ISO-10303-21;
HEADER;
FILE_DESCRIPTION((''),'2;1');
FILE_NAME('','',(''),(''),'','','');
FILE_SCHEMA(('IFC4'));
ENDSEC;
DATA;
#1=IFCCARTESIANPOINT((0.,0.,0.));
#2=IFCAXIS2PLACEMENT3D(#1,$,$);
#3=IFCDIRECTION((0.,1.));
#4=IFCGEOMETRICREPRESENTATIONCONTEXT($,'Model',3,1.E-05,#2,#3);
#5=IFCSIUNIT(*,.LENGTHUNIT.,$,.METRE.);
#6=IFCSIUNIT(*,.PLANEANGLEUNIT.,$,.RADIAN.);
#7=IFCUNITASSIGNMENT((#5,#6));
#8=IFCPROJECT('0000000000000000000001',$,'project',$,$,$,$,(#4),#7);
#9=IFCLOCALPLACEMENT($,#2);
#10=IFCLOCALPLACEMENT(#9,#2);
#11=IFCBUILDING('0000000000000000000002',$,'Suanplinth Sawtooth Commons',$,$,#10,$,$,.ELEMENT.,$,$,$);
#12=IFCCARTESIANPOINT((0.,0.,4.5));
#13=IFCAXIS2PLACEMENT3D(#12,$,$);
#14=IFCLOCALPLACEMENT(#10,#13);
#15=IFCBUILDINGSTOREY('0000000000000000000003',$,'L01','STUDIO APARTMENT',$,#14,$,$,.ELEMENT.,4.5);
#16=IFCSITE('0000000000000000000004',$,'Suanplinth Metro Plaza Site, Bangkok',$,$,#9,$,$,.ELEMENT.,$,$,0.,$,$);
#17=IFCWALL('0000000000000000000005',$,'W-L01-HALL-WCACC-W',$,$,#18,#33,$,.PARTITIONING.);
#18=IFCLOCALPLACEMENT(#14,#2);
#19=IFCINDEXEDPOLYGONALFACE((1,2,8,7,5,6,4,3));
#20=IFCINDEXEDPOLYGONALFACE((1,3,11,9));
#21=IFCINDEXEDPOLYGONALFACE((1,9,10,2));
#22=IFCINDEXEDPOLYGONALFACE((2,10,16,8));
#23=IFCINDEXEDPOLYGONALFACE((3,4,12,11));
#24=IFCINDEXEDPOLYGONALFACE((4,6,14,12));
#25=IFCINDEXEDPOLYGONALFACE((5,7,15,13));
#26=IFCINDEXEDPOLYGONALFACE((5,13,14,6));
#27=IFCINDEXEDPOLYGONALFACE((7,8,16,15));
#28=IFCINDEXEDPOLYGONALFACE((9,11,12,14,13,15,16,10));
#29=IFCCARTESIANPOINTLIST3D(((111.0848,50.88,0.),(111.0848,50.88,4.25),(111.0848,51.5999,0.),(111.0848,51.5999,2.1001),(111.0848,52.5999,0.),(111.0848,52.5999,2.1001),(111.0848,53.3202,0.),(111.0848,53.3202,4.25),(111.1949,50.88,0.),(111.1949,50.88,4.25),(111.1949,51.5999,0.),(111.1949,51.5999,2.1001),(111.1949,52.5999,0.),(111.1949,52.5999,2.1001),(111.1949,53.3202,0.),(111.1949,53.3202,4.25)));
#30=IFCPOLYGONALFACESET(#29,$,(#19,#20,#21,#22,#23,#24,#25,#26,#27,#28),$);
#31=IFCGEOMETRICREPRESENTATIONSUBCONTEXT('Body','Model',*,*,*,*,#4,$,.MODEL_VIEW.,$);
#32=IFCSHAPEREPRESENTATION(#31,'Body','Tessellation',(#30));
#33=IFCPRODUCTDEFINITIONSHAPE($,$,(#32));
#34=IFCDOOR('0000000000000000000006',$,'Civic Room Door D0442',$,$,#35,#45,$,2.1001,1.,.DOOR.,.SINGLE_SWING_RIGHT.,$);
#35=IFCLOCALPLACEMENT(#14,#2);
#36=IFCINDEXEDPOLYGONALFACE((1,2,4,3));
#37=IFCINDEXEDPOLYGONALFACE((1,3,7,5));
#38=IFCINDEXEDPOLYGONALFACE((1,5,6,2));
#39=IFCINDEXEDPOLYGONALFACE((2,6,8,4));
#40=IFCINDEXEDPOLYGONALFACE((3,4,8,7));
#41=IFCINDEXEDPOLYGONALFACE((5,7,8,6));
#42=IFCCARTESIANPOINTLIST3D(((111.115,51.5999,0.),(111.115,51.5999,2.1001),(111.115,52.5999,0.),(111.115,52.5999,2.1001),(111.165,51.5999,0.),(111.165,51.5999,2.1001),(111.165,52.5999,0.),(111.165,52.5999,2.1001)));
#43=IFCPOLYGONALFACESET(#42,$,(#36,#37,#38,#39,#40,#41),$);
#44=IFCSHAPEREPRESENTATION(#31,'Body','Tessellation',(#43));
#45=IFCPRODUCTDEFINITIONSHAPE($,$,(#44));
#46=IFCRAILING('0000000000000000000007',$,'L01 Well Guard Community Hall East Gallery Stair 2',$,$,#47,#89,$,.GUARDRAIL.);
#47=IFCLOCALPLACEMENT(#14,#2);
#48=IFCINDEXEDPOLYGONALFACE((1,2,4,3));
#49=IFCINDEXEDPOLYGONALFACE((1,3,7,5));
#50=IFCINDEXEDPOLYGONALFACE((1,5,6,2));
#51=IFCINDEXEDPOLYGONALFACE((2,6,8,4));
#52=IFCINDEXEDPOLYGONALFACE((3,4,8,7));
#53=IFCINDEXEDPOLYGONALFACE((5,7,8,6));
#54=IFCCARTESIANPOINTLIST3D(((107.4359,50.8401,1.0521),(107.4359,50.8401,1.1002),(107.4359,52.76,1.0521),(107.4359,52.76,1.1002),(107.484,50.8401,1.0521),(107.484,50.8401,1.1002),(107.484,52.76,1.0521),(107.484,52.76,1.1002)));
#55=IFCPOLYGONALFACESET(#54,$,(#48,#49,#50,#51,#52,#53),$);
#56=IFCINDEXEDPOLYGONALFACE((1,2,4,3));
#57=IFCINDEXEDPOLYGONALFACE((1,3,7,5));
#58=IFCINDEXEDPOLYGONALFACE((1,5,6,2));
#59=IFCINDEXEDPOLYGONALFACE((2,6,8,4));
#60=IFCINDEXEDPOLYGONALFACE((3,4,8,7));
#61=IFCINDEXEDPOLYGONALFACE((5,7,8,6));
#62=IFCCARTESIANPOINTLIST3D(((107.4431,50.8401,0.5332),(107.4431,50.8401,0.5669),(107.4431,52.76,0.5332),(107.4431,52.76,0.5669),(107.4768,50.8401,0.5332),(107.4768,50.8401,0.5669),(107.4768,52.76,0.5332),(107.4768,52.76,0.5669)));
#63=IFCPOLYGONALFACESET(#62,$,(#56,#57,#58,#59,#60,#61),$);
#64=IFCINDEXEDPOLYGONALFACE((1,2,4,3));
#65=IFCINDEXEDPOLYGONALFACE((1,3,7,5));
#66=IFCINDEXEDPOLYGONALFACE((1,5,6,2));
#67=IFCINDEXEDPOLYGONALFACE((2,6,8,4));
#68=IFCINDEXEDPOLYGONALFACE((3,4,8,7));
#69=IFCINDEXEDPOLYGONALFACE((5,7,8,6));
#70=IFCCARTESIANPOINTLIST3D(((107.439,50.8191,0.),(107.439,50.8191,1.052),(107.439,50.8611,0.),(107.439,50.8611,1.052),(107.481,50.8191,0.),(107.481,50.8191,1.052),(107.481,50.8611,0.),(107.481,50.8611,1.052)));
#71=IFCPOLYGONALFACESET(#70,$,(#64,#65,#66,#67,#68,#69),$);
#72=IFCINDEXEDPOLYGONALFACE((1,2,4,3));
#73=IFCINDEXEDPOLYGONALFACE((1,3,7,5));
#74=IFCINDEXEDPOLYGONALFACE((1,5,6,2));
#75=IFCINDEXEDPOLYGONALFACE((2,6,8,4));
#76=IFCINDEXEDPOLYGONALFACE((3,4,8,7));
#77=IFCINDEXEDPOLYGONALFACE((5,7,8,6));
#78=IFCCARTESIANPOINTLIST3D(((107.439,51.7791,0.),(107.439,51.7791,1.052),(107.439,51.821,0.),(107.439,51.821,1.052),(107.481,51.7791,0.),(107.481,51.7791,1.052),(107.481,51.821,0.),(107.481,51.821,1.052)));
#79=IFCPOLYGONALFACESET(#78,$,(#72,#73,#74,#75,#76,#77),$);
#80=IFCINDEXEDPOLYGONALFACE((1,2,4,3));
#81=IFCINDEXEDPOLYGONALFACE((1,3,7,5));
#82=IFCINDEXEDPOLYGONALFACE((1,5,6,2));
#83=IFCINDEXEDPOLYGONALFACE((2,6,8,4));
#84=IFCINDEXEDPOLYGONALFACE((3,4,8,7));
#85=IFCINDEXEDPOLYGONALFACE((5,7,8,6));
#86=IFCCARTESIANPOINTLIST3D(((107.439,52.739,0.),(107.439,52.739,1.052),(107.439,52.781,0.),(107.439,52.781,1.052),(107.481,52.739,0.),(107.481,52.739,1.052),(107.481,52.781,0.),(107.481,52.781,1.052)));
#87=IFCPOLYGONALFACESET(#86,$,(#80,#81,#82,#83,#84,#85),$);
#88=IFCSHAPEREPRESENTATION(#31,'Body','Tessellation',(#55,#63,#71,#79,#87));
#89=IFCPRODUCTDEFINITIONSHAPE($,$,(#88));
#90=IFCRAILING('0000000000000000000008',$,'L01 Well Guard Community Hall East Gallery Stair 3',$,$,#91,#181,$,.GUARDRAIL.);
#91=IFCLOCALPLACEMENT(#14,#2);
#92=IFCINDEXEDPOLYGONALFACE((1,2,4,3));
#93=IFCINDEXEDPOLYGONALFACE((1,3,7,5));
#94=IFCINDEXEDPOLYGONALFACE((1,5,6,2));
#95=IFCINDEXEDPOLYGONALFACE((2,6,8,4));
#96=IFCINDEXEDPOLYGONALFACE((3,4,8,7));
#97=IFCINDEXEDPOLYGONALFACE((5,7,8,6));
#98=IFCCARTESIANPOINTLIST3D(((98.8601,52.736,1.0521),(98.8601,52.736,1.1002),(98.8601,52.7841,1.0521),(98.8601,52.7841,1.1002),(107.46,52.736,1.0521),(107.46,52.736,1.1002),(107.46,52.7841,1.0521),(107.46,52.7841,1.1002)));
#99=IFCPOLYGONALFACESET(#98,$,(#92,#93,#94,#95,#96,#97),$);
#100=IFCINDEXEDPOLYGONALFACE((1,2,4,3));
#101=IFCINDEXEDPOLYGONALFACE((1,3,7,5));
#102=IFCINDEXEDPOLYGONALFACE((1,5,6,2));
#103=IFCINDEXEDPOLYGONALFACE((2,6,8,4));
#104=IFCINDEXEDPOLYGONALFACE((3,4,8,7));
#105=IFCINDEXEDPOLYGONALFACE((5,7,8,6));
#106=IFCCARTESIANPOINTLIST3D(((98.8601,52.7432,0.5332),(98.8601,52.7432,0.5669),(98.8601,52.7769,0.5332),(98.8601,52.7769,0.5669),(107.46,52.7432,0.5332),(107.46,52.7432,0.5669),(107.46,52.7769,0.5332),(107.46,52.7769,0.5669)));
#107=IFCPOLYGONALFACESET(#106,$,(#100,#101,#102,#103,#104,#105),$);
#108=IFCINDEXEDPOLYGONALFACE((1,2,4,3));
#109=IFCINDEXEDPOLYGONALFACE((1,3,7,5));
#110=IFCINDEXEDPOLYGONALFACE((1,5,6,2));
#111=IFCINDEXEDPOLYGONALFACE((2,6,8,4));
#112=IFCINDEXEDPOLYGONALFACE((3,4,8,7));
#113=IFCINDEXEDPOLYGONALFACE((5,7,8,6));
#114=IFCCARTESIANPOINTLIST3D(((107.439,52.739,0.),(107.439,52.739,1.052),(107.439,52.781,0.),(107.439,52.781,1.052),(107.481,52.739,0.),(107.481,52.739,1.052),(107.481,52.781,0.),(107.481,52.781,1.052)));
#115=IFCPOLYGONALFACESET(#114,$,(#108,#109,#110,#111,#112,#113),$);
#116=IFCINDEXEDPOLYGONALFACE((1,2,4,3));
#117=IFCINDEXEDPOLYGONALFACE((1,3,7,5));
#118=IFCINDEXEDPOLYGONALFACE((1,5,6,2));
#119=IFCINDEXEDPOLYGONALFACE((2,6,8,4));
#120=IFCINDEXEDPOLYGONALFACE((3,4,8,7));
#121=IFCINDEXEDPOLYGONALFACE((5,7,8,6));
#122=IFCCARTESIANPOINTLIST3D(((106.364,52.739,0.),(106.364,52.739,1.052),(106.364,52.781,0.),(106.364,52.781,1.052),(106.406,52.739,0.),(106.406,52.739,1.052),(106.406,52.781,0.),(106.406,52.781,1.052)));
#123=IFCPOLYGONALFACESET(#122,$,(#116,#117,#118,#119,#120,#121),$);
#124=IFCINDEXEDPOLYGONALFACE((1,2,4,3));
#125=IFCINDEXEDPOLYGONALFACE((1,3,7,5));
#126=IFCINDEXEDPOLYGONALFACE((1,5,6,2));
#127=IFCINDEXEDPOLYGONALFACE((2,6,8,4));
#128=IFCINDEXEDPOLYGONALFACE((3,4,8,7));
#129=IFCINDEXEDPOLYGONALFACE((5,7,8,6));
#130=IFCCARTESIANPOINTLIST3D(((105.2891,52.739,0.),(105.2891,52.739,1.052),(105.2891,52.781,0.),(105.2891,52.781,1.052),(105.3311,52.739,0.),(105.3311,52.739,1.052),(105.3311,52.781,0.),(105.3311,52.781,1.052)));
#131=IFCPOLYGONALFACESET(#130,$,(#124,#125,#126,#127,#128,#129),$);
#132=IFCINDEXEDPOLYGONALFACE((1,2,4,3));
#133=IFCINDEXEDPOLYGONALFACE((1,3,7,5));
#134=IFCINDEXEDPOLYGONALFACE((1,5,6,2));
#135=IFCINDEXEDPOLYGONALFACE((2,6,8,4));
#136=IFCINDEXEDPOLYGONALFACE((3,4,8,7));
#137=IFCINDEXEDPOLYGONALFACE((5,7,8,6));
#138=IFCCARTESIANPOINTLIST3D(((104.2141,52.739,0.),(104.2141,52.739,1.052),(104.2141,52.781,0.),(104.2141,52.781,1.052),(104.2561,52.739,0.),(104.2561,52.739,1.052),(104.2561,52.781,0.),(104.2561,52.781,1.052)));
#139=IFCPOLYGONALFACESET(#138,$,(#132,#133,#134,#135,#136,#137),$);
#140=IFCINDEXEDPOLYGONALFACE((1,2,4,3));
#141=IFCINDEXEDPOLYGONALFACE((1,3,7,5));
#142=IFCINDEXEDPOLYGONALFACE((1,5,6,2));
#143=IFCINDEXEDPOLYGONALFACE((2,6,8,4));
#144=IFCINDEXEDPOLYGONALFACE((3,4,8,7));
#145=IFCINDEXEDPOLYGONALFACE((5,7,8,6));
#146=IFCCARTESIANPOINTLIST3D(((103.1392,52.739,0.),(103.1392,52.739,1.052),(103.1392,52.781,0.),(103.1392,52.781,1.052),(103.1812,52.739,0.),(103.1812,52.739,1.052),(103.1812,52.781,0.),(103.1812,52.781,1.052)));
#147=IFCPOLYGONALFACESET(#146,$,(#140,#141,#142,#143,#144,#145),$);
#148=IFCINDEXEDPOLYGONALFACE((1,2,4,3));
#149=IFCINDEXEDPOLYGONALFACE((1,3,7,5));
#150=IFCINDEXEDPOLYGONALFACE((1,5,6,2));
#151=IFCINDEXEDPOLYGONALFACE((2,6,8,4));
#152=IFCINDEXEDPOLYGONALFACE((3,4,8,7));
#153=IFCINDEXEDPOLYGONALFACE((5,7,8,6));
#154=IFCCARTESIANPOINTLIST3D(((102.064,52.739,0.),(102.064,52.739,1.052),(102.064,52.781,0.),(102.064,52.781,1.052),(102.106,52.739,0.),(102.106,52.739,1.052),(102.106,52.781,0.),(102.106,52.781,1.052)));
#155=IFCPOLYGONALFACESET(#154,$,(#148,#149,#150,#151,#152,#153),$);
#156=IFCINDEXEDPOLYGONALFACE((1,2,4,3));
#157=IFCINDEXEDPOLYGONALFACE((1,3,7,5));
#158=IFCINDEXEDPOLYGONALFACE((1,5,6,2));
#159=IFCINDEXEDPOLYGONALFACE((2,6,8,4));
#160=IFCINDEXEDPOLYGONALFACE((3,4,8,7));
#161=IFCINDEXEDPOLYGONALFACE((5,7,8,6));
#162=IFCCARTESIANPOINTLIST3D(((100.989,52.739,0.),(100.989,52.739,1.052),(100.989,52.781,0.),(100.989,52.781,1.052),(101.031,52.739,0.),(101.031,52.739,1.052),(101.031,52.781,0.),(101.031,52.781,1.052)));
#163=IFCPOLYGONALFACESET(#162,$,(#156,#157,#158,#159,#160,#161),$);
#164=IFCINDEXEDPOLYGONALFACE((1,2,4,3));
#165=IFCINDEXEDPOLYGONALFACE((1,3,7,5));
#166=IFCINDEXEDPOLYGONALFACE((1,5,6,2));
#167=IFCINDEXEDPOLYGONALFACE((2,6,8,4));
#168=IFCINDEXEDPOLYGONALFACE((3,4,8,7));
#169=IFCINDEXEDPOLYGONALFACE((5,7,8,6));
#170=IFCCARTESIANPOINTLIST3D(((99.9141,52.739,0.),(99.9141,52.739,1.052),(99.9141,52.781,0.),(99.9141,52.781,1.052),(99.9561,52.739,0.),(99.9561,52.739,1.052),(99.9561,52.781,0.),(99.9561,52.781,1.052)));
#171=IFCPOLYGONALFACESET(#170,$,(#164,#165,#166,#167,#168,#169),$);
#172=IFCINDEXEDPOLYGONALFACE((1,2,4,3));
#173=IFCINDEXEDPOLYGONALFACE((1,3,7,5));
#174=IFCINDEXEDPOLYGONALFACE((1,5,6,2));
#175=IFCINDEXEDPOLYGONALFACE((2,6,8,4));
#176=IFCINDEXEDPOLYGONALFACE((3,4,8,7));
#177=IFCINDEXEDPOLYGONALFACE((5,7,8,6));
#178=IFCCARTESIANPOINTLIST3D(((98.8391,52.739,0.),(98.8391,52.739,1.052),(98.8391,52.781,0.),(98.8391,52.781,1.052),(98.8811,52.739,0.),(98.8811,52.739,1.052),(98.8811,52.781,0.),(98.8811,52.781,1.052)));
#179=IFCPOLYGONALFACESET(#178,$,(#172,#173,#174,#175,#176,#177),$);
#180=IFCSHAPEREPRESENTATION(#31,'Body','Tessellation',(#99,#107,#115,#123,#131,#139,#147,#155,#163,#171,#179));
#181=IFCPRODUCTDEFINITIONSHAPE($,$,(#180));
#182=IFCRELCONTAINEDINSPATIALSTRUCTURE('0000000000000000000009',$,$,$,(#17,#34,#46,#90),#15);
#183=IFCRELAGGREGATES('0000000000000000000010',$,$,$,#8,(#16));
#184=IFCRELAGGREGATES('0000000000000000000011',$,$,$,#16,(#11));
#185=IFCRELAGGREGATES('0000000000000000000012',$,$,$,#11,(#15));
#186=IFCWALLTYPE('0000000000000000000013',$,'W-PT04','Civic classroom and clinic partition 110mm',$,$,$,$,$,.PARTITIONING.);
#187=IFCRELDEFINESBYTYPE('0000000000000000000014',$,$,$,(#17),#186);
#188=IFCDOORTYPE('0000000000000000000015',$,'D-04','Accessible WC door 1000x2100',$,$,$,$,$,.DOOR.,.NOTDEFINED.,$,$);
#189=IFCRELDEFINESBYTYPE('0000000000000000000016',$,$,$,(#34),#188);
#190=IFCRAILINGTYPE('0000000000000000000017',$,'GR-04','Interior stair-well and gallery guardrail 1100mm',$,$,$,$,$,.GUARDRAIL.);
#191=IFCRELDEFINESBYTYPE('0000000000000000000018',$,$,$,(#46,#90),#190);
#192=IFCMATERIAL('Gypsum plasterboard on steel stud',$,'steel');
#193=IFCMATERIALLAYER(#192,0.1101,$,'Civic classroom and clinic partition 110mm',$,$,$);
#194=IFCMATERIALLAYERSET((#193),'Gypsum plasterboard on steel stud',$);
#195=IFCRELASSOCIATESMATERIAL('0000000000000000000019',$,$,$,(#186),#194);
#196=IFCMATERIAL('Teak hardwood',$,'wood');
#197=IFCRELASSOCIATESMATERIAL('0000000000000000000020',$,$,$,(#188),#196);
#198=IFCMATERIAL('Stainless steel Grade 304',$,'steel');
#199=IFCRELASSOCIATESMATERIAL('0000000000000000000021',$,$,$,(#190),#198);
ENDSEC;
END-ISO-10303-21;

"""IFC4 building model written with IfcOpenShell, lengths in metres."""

from ifc_helpers import new_model, si_unit, direction, frame, frame_2d, origin, origin_2d, place, context, subcontext, project, spatial, rectangle, extrude, material, layer, layer_set, type_object, element, fill, save


model = new_model("IFC4")

# Units and contexts
model_context = context("Model", 3, precision=1e-05, world=origin(), true_north=direction((0.0, 1.0)))
body_context = subcontext(model_context, "Body", "Model", "MODEL_VIEW")
ifc_project = project(units=[si_unit("LENGTHUNIT", "METRE"), si_unit("PLANEANGLEUNIT", "RADIAN")], contexts=[model_context])

# Site, building, storey
site_placement = place(None, origin())
site = spatial("IfcSite", under=ifc_project, at=site_placement, Name="Suanplinth Metro Plaza Site, Bangkok", CompositionType="ELEMENT", RefElevation=0.0)
building_placement = place(site_placement, origin())
building = spatial("IfcBuilding", under=site, at=building_placement, Name="Suanplinth Sawtooth Commons", CompositionType="ELEMENT")
storey_placement = place(building_placement, frame((0.0, 0.0, 4.5)))
storey = spatial("IfcBuildingStorey", under=building, at=storey_placement, Name="L01", Description="STUDIO APARTMENT", CompositionType="ELEMENT", Elevation=4.5)

# Shared definitions
ifc_material_1 = material(Name="Gypsum plasterboard on steel stud", Category="steel")
ifc_layer_1 = layer(ifc_material_1, 0.1101, Name="Civic classroom and clinic partition 110mm")
ifc_layer_set_1 = layer_set([ifc_layer_1], Name="Gypsum plasterboard on steel stud")
wall_type = type_object("IfcWallType", Name="W-PT04", Description="Civic classroom and clinic partition 110mm", PredefinedType="PARTITIONING", material=ifc_layer_set_1)

# Wall, opening, door
wall_1_placement = place(storey_placement, frame((111.1399, 50.8799, 0.0), z_axis=(0.0, 0.0, 1.0), x_axis=(0.0, 1.0, 0.0)))
wall_1 = element("IfcWall", 1, at=wall_1_placement, inside=storey, type_object=wall_type, Name="W-L01-HALL-WCACC-W", PredefinedType="PARTITIONING", context=body_context, shape_type="SweptSolid", body=[
    extrude(rectangle(XDim=2.4402, YDim=0.1101, at=frame_2d((1.2202, 0.0))), origin(), (0.0, 0.0, 1.0), 4.25),
])
opening_placement = place(wall_1_placement, frame((0.72, 0.0, 0.0)))
opening = element("IfcOpeningElement", 2, at=opening_placement, cuts=wall_1, PredefinedType="OPENING", context=body_context, shape_type="SweptSolid", body=[
    extrude(rectangle(XDim=1.0, YDim=2.1001, at=frame_2d((0.5, 1.05))), frame((0.0, 0.0698, 0.0), z_axis=(0.0, -1.0, 0.0), x_axis=(1.0, 0.0, 0.0)), (0.0, 0.0, 1.0), 0.1399),
])
ifc_material_2 = material(Name="Teak hardwood", Category="wood")
door_type = type_object("IfcDoorType", Name="D-04", Description="Accessible WC door 1000x2100", OperationType="NOTDEFINED", PredefinedType="DOOR", material=ifc_material_2)
door_placement = place(opening_placement, origin())
door = element("IfcDoor", 3, at=door_placement, inside=storey, type_object=door_type, Name="Civic Room Door D0442", OperationType="SINGLE_SWING_RIGHT", OverallHeight=2.1001, OverallWidth=1.0, PredefinedType="DOOR", context=body_context, shape_type="SweptSolid", body=[
    extrude(rectangle(XDim=1.0, YDim=2.1001, at=frame_2d((0.5, 1.05))), frame((0.0, 0.0249, 0.0), z_axis=(0.0, -1.0, 0.0), x_axis=(1.0, 0.0, 0.0)), (0.0, 0.0, 1.0), 0.05),
])
fill(opening, door)

# Railings
ifc_material_3 = material(Name="Stainless steel Grade 304", Category="steel")
railing_type = type_object("IfcRailingType", Name="GR-04", Description="Interior stair-well and gallery guardrail 1100mm", PredefinedType="GUARDRAIL", material=ifc_material_3)
railing_1_placement = place(storey_placement, frame((107.46, 50.8401, 0.0)))
element("IfcRailing", 4, at=railing_1_placement, inside=storey, type_object=railing_type, Name="L01 Well Guard Community Hall East Gallery Stair 2", PredefinedType="GUARDRAIL", context=body_context, shape_type="SweptSolid", body=[
    extrude(rectangle(XDim=0.0481, YDim=0.0481, at=origin_2d()), frame((0.0, 0.0, 1.0762), z_axis=(0.0, 1.0, 0.0), x_axis=(-1.0, 0.0, 0.0)), (0.0, 0.0, 1.0), 1.9199),
    extrude(rectangle(XDim=0.0337, YDim=0.0337, at=origin_2d()), frame((0.0, 0.0, 0.55), z_axis=(0.0, 1.0, 0.0), x_axis=(-1.0, 0.0, 0.0)), (0.0, 0.0, 1.0), 1.9199),
    extrude(rectangle(XDim=0.042, YDim=0.042, at=origin_2d()), origin(), (0.0, 0.0, 1.0), 1.052),
    extrude(rectangle(XDim=0.042, YDim=0.042, at=origin_2d()), frame((0.0, 0.96, 0.0)), (0.0, 0.0, 1.0), 1.052),
    extrude(rectangle(XDim=0.042, YDim=0.042, at=origin_2d()), frame((0.0, 1.9199, 0.0)), (0.0, 0.0, 1.0), 1.052),
])
railing_2_placement = place(storey_placement, frame((107.46, 52.76, 0.0)))
element("IfcRailing", 5, at=railing_2_placement, inside=storey, type_object=railing_type, Name="L01 Well Guard Community Hall East Gallery Stair 3", PredefinedType="GUARDRAIL", context=body_context, shape_type="SweptSolid", body=[
    extrude(rectangle(XDim=0.0481, YDim=0.0481, at=origin_2d()), frame((0.0, 0.0, 1.0762), z_axis=(-1.0, 0.0, 0.0), x_axis=(0.0, -1.0, 0.0)), (0.0, 0.0, 1.0), 8.5999),
    extrude(rectangle(XDim=0.0337, YDim=0.0337, at=origin_2d()), frame((0.0, 0.0, 0.55), z_axis=(-1.0, 0.0, 0.0), x_axis=(0.0, -1.0, 0.0)), (0.0, 0.0, 1.0), 8.5999),
    extrude(rectangle(XDim=0.042, YDim=0.042, at=origin_2d()), origin(), (0.0, 0.0, 1.0), 1.052),
    extrude(rectangle(XDim=0.042, YDim=0.042, at=origin_2d()), frame((-1.075, 0.0, 0.0)), (0.0, 0.0, 1.0), 1.052),
    extrude(rectangle(XDim=0.042, YDim=0.042, at=origin_2d()), frame((-2.1499, 0.0, 0.0)), (0.0, 0.0, 1.0), 1.052),
    extrude(rectangle(XDim=0.042, YDim=0.042, at=origin_2d()), frame((-3.2249, 0.0, 0.0)), (0.0, 0.0, 1.0), 1.052),
    extrude(rectangle(XDim=0.042, YDim=0.042, at=origin_2d()), frame((-4.2998, 0.0, 0.0)), (0.0, 0.0, 1.0), 1.052),
    extrude(rectangle(XDim=0.042, YDim=0.042, at=origin_2d()), frame((-5.375, 0.0, 0.0)), (0.0, 0.0, 1.0), 1.052),
    extrude(rectangle(XDim=0.042, YDim=0.042, at=origin_2d()), frame((-6.45, 0.0, 0.0)), (0.0, 0.0, 1.0), 1.052),
    extrude(rectangle(XDim=0.042, YDim=0.042, at=origin_2d()), frame((-7.5249, 0.0, 0.0)), (0.0, 0.0, 1.0), 1.052),
    extrude(rectangle(XDim=0.042, YDim=0.042, at=origin_2d()), frame((-8.5999, 0.0, 0.0)), (0.0, 0.0, 1.0), 1.052),
])

save(model, "model.ifc")
